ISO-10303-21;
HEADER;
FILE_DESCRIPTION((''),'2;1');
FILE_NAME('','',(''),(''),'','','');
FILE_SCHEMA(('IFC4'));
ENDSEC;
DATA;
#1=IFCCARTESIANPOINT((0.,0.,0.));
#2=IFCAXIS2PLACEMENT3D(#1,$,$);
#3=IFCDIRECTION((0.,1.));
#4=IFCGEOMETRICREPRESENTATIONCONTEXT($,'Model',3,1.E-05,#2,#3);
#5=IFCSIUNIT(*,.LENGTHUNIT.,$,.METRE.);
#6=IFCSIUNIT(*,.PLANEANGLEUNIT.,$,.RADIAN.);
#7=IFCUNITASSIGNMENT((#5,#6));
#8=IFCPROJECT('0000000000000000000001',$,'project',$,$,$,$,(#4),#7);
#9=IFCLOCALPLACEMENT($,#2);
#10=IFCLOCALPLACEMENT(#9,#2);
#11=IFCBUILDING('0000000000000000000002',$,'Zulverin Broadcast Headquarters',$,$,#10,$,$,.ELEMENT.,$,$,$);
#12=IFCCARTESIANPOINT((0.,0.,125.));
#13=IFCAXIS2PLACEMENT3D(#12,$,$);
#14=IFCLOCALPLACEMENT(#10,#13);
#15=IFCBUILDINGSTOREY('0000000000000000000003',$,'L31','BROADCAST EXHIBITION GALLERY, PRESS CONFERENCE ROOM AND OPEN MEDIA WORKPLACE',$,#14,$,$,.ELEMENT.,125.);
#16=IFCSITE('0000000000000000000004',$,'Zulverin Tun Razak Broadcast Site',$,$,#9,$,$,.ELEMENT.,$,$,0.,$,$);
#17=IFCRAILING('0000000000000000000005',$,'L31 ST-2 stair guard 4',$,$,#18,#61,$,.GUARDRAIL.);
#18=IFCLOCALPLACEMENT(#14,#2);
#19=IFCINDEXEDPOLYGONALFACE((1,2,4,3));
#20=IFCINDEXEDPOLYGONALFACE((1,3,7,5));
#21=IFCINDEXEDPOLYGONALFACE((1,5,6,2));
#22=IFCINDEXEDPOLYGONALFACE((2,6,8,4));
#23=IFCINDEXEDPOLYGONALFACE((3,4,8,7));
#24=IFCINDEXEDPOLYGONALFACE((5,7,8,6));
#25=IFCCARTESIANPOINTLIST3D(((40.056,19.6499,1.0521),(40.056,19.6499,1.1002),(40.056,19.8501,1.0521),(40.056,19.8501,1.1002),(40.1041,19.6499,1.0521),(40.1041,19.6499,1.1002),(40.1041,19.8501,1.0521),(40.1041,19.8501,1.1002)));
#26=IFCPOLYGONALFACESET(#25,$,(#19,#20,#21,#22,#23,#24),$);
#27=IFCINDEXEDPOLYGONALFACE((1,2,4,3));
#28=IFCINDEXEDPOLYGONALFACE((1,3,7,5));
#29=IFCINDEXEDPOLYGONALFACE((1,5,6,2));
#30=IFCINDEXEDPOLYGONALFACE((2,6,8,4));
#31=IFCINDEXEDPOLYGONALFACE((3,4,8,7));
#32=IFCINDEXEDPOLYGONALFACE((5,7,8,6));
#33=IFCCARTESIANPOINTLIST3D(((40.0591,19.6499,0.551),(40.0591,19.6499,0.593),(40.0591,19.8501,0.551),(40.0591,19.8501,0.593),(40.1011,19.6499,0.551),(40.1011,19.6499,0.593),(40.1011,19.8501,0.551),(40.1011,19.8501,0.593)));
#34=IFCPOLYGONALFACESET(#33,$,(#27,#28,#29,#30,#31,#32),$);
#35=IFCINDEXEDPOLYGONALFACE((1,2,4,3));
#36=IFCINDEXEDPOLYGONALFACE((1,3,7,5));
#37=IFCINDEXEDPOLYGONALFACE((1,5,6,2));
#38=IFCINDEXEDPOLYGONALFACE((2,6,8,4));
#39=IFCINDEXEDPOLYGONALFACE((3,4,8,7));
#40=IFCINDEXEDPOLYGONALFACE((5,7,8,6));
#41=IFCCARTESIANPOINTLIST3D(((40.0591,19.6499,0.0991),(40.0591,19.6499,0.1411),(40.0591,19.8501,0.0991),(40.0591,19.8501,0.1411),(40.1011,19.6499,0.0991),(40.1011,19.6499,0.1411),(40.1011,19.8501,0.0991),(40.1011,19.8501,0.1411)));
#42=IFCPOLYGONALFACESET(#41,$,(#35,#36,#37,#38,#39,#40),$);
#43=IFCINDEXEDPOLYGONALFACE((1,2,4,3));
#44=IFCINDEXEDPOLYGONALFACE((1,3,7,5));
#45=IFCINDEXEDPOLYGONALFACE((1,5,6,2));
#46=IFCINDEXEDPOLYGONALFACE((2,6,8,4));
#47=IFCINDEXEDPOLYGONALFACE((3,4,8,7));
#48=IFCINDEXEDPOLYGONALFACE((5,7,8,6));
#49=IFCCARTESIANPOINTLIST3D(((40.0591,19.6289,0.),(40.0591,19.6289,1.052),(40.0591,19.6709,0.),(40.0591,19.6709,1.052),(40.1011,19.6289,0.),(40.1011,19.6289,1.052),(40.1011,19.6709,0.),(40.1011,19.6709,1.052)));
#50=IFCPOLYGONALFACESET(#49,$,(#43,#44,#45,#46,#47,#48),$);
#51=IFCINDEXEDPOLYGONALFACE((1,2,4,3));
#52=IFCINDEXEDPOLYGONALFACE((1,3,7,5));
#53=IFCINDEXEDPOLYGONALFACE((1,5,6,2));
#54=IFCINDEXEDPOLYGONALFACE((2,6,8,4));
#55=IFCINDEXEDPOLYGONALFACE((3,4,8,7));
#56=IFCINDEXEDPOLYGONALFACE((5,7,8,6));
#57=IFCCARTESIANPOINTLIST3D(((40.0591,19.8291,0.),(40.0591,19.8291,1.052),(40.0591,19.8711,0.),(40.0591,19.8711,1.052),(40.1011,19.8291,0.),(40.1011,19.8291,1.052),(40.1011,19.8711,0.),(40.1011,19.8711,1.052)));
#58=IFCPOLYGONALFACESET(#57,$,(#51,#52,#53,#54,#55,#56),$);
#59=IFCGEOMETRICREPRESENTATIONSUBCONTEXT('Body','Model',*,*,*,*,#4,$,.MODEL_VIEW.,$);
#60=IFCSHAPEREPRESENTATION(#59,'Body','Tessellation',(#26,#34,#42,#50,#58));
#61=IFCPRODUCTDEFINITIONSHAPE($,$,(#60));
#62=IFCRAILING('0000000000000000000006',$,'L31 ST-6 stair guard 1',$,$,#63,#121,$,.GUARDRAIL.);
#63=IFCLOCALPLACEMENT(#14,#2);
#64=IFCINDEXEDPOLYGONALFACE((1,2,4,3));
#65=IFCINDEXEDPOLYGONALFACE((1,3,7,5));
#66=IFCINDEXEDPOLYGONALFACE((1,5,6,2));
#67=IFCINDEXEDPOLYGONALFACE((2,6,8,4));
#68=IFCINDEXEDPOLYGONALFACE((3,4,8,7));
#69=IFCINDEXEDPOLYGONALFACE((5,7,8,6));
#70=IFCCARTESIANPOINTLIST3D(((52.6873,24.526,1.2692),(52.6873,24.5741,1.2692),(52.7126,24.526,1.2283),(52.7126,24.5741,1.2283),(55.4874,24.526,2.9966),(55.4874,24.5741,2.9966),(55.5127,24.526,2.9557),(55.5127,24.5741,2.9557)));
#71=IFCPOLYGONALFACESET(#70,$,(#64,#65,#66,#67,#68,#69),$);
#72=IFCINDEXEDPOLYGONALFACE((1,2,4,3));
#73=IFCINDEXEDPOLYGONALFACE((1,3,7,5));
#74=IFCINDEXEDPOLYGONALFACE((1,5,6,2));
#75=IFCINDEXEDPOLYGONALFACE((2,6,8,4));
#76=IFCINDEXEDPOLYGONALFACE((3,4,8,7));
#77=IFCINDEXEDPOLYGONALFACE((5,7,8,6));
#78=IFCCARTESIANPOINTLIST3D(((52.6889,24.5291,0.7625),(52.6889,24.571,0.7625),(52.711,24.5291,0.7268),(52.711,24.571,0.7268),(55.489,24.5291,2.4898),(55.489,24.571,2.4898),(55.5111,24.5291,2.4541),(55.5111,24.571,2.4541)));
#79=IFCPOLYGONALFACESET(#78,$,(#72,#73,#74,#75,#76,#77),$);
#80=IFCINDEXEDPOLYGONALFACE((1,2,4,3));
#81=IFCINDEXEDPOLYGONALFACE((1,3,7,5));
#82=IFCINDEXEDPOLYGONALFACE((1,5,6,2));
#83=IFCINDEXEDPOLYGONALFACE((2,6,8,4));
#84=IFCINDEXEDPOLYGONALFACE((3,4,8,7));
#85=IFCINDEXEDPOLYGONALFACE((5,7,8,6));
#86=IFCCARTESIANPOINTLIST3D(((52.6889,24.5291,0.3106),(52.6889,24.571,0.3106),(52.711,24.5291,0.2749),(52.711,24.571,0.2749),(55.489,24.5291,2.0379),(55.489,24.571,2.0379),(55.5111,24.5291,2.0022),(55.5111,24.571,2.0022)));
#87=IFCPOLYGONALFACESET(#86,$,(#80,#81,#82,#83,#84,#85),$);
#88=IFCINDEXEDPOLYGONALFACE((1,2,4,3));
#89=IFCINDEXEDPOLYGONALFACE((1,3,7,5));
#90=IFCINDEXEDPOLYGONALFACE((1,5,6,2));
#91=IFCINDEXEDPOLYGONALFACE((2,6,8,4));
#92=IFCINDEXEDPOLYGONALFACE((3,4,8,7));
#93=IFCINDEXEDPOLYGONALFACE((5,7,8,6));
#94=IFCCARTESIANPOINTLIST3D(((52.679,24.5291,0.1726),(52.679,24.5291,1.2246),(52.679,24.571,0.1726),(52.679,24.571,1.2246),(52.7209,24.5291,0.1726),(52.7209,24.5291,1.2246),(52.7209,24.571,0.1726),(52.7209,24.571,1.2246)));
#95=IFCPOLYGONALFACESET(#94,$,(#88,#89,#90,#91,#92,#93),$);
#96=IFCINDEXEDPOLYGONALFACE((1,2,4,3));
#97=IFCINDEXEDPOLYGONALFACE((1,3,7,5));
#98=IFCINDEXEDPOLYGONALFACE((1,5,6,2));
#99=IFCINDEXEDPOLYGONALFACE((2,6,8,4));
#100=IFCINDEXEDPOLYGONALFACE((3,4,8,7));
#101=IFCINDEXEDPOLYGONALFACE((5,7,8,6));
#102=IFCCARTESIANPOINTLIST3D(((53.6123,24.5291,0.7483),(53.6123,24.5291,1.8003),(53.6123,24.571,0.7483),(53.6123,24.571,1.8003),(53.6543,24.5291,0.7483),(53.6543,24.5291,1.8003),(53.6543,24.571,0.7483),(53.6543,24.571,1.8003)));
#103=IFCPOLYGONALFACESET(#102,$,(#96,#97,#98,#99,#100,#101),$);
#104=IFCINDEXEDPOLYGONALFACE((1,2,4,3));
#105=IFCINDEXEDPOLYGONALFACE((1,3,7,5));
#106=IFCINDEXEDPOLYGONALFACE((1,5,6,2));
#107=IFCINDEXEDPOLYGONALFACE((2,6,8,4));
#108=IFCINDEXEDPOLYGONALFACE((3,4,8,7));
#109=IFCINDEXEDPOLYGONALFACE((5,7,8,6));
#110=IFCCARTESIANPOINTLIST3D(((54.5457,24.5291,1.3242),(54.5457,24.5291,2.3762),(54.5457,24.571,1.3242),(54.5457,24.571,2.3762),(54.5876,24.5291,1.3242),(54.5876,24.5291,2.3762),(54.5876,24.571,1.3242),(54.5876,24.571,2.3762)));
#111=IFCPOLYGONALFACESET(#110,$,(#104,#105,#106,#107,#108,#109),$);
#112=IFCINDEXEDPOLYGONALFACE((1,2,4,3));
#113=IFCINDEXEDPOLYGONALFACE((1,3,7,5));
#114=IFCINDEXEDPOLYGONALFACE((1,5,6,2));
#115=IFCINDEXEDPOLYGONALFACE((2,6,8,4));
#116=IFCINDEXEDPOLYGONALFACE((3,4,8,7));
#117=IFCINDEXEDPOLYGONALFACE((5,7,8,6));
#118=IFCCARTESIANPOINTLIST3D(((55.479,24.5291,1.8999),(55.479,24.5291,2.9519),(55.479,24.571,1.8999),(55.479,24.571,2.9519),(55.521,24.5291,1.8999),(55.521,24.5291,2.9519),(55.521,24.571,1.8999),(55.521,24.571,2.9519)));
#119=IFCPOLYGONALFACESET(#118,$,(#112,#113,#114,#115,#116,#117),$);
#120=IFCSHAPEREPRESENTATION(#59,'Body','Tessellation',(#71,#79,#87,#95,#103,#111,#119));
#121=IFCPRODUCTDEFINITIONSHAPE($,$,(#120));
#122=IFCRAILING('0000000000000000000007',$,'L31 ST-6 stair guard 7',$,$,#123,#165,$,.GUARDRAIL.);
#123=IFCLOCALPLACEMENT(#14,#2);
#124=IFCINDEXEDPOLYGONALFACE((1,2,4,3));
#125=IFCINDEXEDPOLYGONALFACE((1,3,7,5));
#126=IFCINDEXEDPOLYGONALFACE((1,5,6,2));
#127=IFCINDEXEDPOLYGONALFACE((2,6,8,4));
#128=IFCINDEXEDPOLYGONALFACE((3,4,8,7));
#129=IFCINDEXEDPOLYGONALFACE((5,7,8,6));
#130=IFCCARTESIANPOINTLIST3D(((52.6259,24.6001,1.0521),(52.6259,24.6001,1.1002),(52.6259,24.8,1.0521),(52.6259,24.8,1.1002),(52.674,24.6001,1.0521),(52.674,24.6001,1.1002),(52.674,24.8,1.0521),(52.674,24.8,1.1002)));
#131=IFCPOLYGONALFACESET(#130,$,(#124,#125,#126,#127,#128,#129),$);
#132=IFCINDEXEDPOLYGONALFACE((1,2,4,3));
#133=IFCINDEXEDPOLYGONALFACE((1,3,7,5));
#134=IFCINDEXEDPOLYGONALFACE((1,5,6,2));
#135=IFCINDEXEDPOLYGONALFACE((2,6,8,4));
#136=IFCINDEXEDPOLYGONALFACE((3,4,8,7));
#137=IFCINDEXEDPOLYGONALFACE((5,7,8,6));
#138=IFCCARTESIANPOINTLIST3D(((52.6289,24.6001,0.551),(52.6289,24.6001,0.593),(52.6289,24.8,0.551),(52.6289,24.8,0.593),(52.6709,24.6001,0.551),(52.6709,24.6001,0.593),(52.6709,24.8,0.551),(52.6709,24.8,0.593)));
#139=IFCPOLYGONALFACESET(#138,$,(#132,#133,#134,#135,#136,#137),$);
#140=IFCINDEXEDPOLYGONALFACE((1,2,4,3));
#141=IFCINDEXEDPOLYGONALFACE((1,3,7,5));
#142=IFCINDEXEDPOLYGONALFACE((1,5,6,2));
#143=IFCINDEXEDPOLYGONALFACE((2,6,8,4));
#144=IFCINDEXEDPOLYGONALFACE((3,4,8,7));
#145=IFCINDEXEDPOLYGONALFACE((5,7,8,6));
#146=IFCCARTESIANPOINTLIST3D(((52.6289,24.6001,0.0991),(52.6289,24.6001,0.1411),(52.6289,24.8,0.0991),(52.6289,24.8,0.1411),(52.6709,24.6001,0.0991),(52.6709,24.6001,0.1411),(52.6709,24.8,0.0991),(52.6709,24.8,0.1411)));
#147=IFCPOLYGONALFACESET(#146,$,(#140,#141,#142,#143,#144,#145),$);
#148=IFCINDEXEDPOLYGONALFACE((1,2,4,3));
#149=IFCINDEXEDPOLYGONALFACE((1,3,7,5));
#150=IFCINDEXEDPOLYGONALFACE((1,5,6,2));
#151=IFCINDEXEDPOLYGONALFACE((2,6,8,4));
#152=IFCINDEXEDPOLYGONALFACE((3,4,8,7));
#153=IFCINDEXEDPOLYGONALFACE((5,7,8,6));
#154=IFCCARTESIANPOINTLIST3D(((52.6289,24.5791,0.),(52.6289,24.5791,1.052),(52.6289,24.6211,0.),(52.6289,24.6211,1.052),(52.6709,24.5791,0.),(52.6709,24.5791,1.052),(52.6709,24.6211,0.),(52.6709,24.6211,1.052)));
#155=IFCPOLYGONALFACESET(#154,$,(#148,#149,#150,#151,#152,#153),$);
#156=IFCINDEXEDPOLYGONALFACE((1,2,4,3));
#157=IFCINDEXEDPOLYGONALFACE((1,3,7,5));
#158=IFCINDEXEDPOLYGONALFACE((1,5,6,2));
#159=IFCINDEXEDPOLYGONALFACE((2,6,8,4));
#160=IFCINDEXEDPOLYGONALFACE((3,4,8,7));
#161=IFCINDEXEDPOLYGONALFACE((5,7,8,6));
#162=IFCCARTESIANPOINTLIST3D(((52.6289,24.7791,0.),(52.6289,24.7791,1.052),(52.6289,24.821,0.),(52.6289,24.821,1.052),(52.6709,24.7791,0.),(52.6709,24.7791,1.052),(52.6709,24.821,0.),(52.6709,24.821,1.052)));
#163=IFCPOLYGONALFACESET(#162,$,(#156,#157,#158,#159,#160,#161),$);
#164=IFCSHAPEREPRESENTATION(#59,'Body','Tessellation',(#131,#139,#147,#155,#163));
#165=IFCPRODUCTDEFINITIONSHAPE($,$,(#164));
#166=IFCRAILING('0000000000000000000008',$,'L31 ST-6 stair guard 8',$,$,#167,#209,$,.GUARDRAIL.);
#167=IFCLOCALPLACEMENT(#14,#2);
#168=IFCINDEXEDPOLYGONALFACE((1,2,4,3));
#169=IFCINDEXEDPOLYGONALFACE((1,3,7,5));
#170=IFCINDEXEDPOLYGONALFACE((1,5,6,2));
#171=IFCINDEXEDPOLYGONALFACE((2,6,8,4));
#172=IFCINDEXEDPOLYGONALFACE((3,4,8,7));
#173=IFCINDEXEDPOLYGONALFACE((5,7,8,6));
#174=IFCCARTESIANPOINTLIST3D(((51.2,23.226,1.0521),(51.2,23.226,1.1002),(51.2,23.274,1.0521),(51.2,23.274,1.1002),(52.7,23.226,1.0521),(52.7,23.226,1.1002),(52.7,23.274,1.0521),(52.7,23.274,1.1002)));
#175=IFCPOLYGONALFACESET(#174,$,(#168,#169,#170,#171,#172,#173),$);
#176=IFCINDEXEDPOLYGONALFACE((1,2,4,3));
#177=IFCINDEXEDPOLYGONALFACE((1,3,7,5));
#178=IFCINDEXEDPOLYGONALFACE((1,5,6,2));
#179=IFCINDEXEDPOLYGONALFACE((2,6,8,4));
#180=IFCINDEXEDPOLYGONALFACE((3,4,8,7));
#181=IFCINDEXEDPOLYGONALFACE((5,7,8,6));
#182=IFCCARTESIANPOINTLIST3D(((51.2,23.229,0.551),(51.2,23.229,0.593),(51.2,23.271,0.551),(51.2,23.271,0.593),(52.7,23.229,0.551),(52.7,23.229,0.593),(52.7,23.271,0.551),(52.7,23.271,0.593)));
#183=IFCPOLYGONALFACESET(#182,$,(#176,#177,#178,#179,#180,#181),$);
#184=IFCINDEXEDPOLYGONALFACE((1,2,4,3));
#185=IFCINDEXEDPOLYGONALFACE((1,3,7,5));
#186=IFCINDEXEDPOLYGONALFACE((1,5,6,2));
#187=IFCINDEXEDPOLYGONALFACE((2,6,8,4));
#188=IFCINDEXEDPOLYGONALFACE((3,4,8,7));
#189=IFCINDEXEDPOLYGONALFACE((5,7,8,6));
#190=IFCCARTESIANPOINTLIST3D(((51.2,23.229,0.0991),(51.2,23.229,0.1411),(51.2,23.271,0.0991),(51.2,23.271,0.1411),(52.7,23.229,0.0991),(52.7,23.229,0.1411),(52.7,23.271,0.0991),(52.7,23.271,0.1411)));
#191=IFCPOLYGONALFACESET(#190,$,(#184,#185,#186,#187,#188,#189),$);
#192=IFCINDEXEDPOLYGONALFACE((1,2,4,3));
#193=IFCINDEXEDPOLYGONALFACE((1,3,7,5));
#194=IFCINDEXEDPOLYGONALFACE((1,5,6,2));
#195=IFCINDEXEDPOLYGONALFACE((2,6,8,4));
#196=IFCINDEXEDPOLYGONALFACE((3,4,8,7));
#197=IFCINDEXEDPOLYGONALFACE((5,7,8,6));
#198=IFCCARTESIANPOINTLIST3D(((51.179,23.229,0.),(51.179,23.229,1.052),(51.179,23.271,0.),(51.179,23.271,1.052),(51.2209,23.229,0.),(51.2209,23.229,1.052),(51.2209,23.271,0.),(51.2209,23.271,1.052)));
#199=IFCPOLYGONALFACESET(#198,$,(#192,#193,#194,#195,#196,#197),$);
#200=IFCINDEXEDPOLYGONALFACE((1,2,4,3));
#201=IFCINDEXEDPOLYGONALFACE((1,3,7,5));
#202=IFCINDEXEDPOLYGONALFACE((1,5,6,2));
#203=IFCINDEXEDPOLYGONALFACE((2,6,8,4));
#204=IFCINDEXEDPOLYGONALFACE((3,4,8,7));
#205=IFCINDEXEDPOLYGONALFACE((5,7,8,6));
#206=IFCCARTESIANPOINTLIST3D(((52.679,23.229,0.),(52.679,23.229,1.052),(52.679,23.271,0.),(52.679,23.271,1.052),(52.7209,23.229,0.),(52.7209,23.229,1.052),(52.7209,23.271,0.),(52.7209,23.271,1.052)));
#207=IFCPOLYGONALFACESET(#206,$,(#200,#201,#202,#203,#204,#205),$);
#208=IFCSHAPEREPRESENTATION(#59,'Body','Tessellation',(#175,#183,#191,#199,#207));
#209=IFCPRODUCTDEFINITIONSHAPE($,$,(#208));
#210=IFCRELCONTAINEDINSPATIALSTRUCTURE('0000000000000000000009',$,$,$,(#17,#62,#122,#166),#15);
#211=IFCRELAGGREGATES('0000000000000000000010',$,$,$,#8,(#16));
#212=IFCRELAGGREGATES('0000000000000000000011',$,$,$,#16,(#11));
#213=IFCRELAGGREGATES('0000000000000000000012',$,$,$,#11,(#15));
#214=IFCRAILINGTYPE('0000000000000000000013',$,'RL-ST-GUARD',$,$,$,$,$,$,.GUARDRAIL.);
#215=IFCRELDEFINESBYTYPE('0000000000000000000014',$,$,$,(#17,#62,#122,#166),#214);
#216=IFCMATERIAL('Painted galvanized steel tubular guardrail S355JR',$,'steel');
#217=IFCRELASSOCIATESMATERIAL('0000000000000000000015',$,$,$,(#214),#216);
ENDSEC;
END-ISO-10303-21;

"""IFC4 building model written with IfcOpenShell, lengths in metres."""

from ifc_helpers import new_model, si_unit, direction, frame, origin, origin_2d, place, context, subcontext, project, spatial, rectangle, extrude, material, type_object, element, save


model = new_model("IFC4")

# Units and contexts
model_context = context("Model", 3, precision=1e-05, world=origin(), true_north=direction((0.0, 1.0)))
body_context = subcontext(model_context, "Body", "Model", "MODEL_VIEW")
ifc_project = project(units=[si_unit("LENGTHUNIT", "METRE"), si_unit("PLANEANGLEUNIT", "RADIAN")], contexts=[model_context])

# Site, building, storey
site_placement = place(None, origin())
site = spatial("IfcSite", under=ifc_project, at=site_placement, Name="Zulverin Tun Razak Broadcast Site", CompositionType="ELEMENT", RefElevation=0.0)
building_placement = place(site_placement, origin())
building = spatial("IfcBuilding", under=site, at=building_placement, Name="Zulverin Broadcast Headquarters", CompositionType="ELEMENT")
storey_placement = place(building_placement, frame((0.0, 0.0, 125.0)))
storey = spatial("IfcBuildingStorey", under=building, at=storey_placement, Name="L31", Description="BROADCAST EXHIBITION GALLERY, PRESS CONFERENCE ROOM AND OPEN MEDIA WORKPLACE", CompositionType="ELEMENT", Elevation=125.0)

# Railings
ifc_material_1 = material(Name="Painted galvanized steel tubular guardrail S355JR", Category="steel")
railing_type_1 = type_object("IfcRailingType", Name="RL-ST-GUARD", PredefinedType="GUARDRAIL", material=ifc_material_1)
railing_1_placement = place(storey_placement, frame((40.0801, 19.6499, 0.0)))
element("IfcRailing", 1, at=railing_1_placement, inside=storey, type_object=railing_type_1, Name="L31 ST-2 stair guard 4", PredefinedType="GUARDRAIL", context=body_context, shape_type="SweptSolid", body=[
    extrude(rectangle(XDim=0.0481, YDim=0.0481, at=origin_2d()), frame((0.0, 0.0, 1.0762), z_axis=(0.0, 1.0, 0.0), x_axis=(-1.0, 0.0, 0.0)), (0.0, 0.0, 1.0), 0.2002),
    extrude(rectangle(XDim=0.042, YDim=0.042, at=origin_2d()), frame((0.0, 0.0, 0.572), z_axis=(0.0, 1.0, 0.0), x_axis=(-1.0, 0.0, 0.0)), (0.0, 0.0, 1.0), 0.2002),
    extrude(rectangle(XDim=0.042, YDim=0.042, at=origin_2d()), frame((0.0, 0.0, 0.1201), z_axis=(0.0, 1.0, 0.0), x_axis=(-1.0, 0.0, 0.0)), (0.0, 0.0, 1.0), 0.2002),
    extrude(rectangle(XDim=0.042, YDim=0.042, at=origin_2d()), origin(), (0.0, 0.0, 1.0), 1.052),
    extrude(rectangle(XDim=0.042, YDim=0.042, at=origin_2d()), frame((0.0, 0.2002, 0.0)), (0.0, 0.0, 1.0), 1.052),
])
railing_2_placement = place(storey_placement, frame((52.7, 24.55, 0.1726)))
element("IfcRailing", 2, at=railing_2_placement, inside=storey, type_object=railing_type_1, Name="L31 ST-6 stair guard 1", PredefinedType="GUARDRAIL", context=body_context, shape_type="SweptSolid", body=[
    extrude(rectangle(XDim=0.0481, YDim=0.0481, at=origin_2d()), frame((0.0, 0.0, 1.0762), z_axis=(0.85109, 0.0, 0.52502), x_axis=(0.0, 1.0, 0.0)), (0.0, 0.0, 1.0), 3.29),
    extrude(rectangle(XDim=0.042, YDim=0.042, at=origin_2d()), frame((0.0, 0.0, 0.572), z_axis=(0.85109, 0.0, 0.52502), x_axis=(0.0, 1.0, 0.0)), (0.0, 0.0, 1.0), 3.29),
    extrude(rectangle(XDim=0.042, YDim=0.042, at=origin_2d()), frame((0.0, 0.0, 0.1201), z_axis=(0.85109, 0.0, 0.52502), x_axis=(0.0, 1.0, 0.0)), (0.0, 0.0, 1.0), 3.29),
    extrude(rectangle(XDim=0.042, YDim=0.042, at=origin_2d()), origin(), (0.0, 0.0, 1.0), 1.052),
    extrude(rectangle(XDim=0.042, YDim=0.042, at=origin_2d()), frame((0.9333, 0.0, 0.5757)), (0.0, 0.0, 1.0), 1.052),
    extrude(rectangle(XDim=0.042, YDim=0.042, at=origin_2d()), frame((1.8667, 0.0, 1.1516)), (0.0, 0.0, 1.0), 1.052),
    extrude(rectangle(XDim=0.042, YDim=0.042, at=origin_2d()), frame((2.8, 0.0, 1.7273)), (0.0, 0.0, 1.0), 1.052),
])
railing_3_placement = place(storey_placement, frame((52.6499, 24.6001, 0.0)))
element("IfcRailing", 3, at=railing_3_placement, inside=storey, type_object=railing_type_1, Name="L31 ST-6 stair guard 7", PredefinedType="GUARDRAIL", context=body_context, shape_type="SweptSolid", body=[
    extrude(rectangle(XDim=0.0481, YDim=0.0481, at=origin_2d()), frame((0.0, 0.0, 1.0762), z_axis=(0.0, 1.0, 0.0), x_axis=(-1.0, 0.0, 0.0)), (0.0, 0.0, 1.0), 0.2),
    extrude(rectangle(XDim=0.042, YDim=0.042, at=origin_2d()), frame((0.0, 0.0, 0.572), z_axis=(0.0, 1.0, 0.0), x_axis=(-1.0, 0.0, 0.0)), (0.0, 0.0, 1.0), 0.2),
    extrude(rectangle(XDim=0.042, YDim=0.042, at=origin_2d()), frame((0.0, 0.0, 0.1201), z_axis=(0.0, 1.0, 0.0), x_axis=(-1.0, 0.0, 0.0)), (0.0, 0.0, 1.0), 0.2),
    extrude(rectangle(XDim=0.042, YDim=0.042, at=origin_2d()), origin(), (0.0, 0.0, 1.0), 1.052),
    extrude(rectangle(XDim=0.042, YDim=0.042, at=origin_2d()), frame((0.0, 0.2, 0.0)), (0.0, 0.0, 1.0), 1.052),
])
railing_4_placement = place(storey_placement, frame((51.2, 23.25, 0.0)))
element("IfcRailing", 4, at=railing_4_placement, inside=storey, type_object=railing_type_1, Name="L31 ST-6 stair guard 8", PredefinedType="GUARDRAIL", context=body_context, shape_type="SweptSolid", body=[
    extrude(rectangle(XDim=0.0481, YDim=0.0481, at=origin_2d()), frame((0.0, 0.0, 1.0762), z_axis=(1.0, 0.0, 0.0), x_axis=(0.0, 1.0, 0.0)), (0.0, 0.0, 1.0), 1.5),
    extrude(rectangle(XDim=0.042, YDim=0.042, at=origin_2d()), frame((0.0, 0.0, 0.572), z_axis=(1.0, 0.0, 0.0), x_axis=(0.0, 1.0, 0.0)), (0.0, 0.0, 1.0), 1.5),
    extrude(rectangle(XDim=0.042, YDim=0.042, at=origin_2d()), frame((0.0, 0.0, 0.1201), z_axis=(1.0, 0.0, 0.0), x_axis=(0.0, 1.0, 0.0)), (0.0, 0.0, 1.0), 1.5),
    extrude(rectangle(XDim=0.042, YDim=0.042, at=origin_2d()), origin(), (0.0, 0.0, 1.0), 1.052),
    extrude(rectangle(XDim=0.042, YDim=0.042, at=origin_2d()), frame((1.5, 0.0, 0.0)), (0.0, 0.0, 1.0), 1.052),
])

save(model, "model.ifc")
